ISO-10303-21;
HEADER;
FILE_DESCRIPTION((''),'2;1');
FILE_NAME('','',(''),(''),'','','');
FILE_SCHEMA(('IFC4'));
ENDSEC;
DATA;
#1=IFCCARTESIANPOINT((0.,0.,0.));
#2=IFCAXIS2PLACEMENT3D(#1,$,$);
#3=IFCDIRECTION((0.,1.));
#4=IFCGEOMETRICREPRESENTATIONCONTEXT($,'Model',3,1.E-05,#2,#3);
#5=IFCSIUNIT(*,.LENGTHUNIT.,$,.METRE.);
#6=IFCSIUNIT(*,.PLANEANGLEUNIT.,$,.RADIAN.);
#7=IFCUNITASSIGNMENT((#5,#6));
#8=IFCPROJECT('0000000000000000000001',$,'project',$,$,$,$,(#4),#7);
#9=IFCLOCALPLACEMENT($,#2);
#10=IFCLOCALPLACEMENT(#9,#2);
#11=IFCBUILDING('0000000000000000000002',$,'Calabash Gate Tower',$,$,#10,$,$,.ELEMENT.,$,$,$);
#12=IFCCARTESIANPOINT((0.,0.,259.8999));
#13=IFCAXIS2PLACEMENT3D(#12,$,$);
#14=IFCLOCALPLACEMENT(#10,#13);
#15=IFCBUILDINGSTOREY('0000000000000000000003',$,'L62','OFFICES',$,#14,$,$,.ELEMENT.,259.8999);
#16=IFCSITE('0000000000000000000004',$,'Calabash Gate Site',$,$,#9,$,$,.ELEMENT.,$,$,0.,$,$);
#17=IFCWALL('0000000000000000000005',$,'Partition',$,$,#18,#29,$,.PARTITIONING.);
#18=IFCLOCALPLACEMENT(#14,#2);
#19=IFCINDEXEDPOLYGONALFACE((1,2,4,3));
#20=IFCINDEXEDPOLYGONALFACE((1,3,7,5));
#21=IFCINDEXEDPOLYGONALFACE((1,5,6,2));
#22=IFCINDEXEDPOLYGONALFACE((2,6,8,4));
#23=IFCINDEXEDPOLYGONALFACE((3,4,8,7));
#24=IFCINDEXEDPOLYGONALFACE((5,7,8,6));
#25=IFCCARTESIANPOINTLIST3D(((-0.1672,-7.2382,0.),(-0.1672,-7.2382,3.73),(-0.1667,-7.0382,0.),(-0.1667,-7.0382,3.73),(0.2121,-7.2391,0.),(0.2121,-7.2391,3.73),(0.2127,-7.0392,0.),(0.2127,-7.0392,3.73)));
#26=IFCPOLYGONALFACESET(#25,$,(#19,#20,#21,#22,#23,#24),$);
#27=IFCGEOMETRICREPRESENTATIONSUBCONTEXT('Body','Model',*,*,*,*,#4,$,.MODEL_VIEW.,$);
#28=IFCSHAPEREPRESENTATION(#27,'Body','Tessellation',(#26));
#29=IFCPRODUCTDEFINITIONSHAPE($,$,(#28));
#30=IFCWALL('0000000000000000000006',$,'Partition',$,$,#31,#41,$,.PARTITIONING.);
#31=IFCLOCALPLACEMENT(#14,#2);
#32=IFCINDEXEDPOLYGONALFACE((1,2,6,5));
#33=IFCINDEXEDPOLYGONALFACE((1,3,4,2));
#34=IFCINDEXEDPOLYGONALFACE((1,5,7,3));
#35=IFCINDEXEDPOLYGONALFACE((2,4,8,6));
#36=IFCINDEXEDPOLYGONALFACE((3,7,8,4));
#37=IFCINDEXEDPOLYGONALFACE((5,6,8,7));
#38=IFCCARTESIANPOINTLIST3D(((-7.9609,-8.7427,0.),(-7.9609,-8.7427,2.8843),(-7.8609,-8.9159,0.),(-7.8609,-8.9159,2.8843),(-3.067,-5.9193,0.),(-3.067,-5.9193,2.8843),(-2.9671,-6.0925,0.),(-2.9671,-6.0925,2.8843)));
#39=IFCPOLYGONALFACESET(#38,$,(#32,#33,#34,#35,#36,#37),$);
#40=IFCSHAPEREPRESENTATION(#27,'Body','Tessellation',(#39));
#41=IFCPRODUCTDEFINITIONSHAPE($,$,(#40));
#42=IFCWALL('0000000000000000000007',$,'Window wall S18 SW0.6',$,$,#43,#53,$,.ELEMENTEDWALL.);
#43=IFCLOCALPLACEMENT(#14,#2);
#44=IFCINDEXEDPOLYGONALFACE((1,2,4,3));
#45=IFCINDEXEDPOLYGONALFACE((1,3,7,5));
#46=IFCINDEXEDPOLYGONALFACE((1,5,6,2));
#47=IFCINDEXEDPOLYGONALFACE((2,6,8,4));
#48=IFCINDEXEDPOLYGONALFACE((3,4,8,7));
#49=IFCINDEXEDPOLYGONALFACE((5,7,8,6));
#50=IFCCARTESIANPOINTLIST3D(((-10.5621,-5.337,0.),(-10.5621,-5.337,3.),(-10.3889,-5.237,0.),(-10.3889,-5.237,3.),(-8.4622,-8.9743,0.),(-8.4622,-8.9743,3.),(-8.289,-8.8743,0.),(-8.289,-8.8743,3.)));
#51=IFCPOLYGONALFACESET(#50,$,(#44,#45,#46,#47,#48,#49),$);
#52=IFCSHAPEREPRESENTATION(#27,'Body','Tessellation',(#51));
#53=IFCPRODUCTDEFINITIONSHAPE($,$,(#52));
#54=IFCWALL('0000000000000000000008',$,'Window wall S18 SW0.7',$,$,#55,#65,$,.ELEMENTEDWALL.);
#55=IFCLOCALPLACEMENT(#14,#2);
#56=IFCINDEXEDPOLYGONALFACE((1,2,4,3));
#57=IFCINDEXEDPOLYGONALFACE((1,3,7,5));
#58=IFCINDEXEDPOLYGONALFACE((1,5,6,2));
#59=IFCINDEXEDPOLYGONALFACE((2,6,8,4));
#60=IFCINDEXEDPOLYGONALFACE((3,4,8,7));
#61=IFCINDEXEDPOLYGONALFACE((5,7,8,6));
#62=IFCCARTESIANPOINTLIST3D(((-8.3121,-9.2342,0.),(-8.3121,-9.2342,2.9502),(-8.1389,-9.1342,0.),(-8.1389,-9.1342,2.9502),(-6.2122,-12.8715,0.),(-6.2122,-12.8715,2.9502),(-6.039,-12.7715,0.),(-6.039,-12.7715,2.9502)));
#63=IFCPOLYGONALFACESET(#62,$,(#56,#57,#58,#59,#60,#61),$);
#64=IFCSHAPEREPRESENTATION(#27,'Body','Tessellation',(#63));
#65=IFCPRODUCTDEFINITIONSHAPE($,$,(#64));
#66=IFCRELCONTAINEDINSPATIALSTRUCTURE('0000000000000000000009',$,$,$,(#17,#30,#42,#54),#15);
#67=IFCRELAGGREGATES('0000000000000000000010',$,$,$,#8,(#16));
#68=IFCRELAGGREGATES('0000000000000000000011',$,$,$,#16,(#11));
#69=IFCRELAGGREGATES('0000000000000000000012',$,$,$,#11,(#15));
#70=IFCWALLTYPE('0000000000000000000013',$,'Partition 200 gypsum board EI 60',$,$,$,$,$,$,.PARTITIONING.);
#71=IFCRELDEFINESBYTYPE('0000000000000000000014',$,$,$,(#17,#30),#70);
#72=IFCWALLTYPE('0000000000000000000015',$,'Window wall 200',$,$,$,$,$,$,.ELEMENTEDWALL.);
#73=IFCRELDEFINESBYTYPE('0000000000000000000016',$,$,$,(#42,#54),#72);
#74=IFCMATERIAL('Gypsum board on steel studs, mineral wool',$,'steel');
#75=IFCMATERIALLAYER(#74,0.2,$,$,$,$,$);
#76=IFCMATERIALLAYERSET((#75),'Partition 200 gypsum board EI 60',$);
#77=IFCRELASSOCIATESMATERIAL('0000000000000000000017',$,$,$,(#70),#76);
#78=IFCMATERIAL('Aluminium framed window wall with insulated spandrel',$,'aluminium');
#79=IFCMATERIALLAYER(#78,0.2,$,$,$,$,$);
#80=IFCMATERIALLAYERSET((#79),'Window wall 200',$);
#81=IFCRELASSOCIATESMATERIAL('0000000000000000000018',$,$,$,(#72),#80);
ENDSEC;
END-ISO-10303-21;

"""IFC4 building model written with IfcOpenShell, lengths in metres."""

from ifc_helpers import new_model, si_unit, direction, frame, frame_2d, origin, place, context, subcontext, project, spatial, rectangle, extrude, material, layer, layer_set, type_object, element, save


model = new_model("IFC4")

# Units and contexts
model_context = context("Model", 3, precision=1e-05, world=origin(), true_north=direction((0.0, 1.0)))
body_context = subcontext(model_context, "Body", "Model", "MODEL_VIEW")
ifc_project = project(units=[si_unit("LENGTHUNIT", "METRE"), si_unit("PLANEANGLEUNIT", "RADIAN")], contexts=[model_context])

# Site, building, storey
site_placement = place(None, origin())
site = spatial("IfcSite", under=ifc_project, at=site_placement, Name="Calabash Gate Site", CompositionType="ELEMENT", RefElevation=0.0)
building_placement = place(site_placement, origin())
building = spatial("IfcBuilding", under=site, at=building_placement, Name="Calabash Gate Tower", CompositionType="ELEMENT")
storey_placement = place(building_placement, frame((0.0, 0.0, 259.8999)))
storey = spatial("IfcBuildingStorey", under=building, at=storey_placement, Name="L62", Description="OFFICES", CompositionType="ELEMENT", Elevation=259.8999)

# Walls
ifc_material_1 = material(Name="Gypsum board on steel studs, mineral wool", Category="steel")
ifc_layer_1 = layer(ifc_material_1, 0.2)
ifc_layer_set_1 = layer_set([ifc_layer_1], Name="Partition 200 gypsum board EI 60")
wall_type_1 = type_object("IfcWallType", Name="Partition 200 gypsum board EI 60", PredefinedType="PARTITIONING", material=ifc_layer_set_1)
wall_1_placement = place(storey_placement, frame((-0.167, -7.1382, 0.0), z_axis=(0.0, 0.0, 1.0), x_axis=(0.999997, -0.002574, 0.0)))
element("IfcWall", 1, at=wall_1_placement, inside=storey, type_object=wall_type_1, Name="Partition", PredefinedType="PARTITIONING", context=body_context, shape_type="SweptSolid", body=[
    extrude(rectangle(XDim=0.3794, YDim=0.2, at=frame_2d((0.1897, 0.0))), origin(), (0.0, 0.0, 1.0), 3.73),
])
wall_2_placement = place(storey_placement, frame((-7.9109, -8.8293, 0.0), z_axis=(0.0, 0.0, 1.0), x_axis=(0.866175, 0.499741, 0.0)))
element("IfcWall", 2, at=wall_2_placement, inside=storey, type_object=wall_type_1, Name="Partition", PredefinedType="PARTITIONING", context=body_context, shape_type="SweptSolid", body=[
    extrude(rectangle(XDim=5.6499, YDim=0.2, at=frame_2d((2.825, 0.0))), origin(), (0.0, 0.0, 1.0), 2.8843),
])
ifc_material_2 = material(Name="Aluminium framed window wall with insulated spandrel", Category="aluminium")
ifc_layer_2 = layer(ifc_material_2, 0.2)
ifc_layer_set_2 = layer_set([ifc_layer_2], Name="Window wall 200")
wall_type_2 = type_object("IfcWallType", Name="Window wall 200", PredefinedType="ELEMENTEDWALL", material=ifc_layer_set_2)
wall_3_placement = place(storey_placement, frame((-10.4756, -5.2869, 0.0), z_axis=(0.0, 0.0, 1.0), x_axis=(0.499984, -0.866035, 0.0)))
element("IfcWall", 3, at=wall_3_placement, inside=storey, type_object=wall_type_2, Name="Window wall S18 SW0.6", PredefinedType="ELEMENTEDWALL", context=body_context, shape_type="SweptSolid", body=[
    extrude(rectangle(XDim=4.2, YDim=0.2, at=frame_2d((2.1001, 0.0))), origin(), (0.0, 0.0, 1.0), 3.0),
])
wall_4_placement = place(storey_placement, frame((-8.2256, -9.1841, 0.0), z_axis=(0.0, 0.0, 1.0), x_axis=(0.499984, -0.866035, 0.0)))
element("IfcWall", 4, at=wall_4_placement, inside=storey, type_object=wall_type_2, Name="Window wall S18 SW0.7", PredefinedType="ELEMENTEDWALL", context=body_context, shape_type="SweptSolid", body=[
    extrude(rectangle(XDim=4.2, YDim=0.2, at=frame_2d((2.1001, 0.0))), origin(), (0.0, 0.0, 1.0), 2.9502),
])

save(model, "model.ifc")
